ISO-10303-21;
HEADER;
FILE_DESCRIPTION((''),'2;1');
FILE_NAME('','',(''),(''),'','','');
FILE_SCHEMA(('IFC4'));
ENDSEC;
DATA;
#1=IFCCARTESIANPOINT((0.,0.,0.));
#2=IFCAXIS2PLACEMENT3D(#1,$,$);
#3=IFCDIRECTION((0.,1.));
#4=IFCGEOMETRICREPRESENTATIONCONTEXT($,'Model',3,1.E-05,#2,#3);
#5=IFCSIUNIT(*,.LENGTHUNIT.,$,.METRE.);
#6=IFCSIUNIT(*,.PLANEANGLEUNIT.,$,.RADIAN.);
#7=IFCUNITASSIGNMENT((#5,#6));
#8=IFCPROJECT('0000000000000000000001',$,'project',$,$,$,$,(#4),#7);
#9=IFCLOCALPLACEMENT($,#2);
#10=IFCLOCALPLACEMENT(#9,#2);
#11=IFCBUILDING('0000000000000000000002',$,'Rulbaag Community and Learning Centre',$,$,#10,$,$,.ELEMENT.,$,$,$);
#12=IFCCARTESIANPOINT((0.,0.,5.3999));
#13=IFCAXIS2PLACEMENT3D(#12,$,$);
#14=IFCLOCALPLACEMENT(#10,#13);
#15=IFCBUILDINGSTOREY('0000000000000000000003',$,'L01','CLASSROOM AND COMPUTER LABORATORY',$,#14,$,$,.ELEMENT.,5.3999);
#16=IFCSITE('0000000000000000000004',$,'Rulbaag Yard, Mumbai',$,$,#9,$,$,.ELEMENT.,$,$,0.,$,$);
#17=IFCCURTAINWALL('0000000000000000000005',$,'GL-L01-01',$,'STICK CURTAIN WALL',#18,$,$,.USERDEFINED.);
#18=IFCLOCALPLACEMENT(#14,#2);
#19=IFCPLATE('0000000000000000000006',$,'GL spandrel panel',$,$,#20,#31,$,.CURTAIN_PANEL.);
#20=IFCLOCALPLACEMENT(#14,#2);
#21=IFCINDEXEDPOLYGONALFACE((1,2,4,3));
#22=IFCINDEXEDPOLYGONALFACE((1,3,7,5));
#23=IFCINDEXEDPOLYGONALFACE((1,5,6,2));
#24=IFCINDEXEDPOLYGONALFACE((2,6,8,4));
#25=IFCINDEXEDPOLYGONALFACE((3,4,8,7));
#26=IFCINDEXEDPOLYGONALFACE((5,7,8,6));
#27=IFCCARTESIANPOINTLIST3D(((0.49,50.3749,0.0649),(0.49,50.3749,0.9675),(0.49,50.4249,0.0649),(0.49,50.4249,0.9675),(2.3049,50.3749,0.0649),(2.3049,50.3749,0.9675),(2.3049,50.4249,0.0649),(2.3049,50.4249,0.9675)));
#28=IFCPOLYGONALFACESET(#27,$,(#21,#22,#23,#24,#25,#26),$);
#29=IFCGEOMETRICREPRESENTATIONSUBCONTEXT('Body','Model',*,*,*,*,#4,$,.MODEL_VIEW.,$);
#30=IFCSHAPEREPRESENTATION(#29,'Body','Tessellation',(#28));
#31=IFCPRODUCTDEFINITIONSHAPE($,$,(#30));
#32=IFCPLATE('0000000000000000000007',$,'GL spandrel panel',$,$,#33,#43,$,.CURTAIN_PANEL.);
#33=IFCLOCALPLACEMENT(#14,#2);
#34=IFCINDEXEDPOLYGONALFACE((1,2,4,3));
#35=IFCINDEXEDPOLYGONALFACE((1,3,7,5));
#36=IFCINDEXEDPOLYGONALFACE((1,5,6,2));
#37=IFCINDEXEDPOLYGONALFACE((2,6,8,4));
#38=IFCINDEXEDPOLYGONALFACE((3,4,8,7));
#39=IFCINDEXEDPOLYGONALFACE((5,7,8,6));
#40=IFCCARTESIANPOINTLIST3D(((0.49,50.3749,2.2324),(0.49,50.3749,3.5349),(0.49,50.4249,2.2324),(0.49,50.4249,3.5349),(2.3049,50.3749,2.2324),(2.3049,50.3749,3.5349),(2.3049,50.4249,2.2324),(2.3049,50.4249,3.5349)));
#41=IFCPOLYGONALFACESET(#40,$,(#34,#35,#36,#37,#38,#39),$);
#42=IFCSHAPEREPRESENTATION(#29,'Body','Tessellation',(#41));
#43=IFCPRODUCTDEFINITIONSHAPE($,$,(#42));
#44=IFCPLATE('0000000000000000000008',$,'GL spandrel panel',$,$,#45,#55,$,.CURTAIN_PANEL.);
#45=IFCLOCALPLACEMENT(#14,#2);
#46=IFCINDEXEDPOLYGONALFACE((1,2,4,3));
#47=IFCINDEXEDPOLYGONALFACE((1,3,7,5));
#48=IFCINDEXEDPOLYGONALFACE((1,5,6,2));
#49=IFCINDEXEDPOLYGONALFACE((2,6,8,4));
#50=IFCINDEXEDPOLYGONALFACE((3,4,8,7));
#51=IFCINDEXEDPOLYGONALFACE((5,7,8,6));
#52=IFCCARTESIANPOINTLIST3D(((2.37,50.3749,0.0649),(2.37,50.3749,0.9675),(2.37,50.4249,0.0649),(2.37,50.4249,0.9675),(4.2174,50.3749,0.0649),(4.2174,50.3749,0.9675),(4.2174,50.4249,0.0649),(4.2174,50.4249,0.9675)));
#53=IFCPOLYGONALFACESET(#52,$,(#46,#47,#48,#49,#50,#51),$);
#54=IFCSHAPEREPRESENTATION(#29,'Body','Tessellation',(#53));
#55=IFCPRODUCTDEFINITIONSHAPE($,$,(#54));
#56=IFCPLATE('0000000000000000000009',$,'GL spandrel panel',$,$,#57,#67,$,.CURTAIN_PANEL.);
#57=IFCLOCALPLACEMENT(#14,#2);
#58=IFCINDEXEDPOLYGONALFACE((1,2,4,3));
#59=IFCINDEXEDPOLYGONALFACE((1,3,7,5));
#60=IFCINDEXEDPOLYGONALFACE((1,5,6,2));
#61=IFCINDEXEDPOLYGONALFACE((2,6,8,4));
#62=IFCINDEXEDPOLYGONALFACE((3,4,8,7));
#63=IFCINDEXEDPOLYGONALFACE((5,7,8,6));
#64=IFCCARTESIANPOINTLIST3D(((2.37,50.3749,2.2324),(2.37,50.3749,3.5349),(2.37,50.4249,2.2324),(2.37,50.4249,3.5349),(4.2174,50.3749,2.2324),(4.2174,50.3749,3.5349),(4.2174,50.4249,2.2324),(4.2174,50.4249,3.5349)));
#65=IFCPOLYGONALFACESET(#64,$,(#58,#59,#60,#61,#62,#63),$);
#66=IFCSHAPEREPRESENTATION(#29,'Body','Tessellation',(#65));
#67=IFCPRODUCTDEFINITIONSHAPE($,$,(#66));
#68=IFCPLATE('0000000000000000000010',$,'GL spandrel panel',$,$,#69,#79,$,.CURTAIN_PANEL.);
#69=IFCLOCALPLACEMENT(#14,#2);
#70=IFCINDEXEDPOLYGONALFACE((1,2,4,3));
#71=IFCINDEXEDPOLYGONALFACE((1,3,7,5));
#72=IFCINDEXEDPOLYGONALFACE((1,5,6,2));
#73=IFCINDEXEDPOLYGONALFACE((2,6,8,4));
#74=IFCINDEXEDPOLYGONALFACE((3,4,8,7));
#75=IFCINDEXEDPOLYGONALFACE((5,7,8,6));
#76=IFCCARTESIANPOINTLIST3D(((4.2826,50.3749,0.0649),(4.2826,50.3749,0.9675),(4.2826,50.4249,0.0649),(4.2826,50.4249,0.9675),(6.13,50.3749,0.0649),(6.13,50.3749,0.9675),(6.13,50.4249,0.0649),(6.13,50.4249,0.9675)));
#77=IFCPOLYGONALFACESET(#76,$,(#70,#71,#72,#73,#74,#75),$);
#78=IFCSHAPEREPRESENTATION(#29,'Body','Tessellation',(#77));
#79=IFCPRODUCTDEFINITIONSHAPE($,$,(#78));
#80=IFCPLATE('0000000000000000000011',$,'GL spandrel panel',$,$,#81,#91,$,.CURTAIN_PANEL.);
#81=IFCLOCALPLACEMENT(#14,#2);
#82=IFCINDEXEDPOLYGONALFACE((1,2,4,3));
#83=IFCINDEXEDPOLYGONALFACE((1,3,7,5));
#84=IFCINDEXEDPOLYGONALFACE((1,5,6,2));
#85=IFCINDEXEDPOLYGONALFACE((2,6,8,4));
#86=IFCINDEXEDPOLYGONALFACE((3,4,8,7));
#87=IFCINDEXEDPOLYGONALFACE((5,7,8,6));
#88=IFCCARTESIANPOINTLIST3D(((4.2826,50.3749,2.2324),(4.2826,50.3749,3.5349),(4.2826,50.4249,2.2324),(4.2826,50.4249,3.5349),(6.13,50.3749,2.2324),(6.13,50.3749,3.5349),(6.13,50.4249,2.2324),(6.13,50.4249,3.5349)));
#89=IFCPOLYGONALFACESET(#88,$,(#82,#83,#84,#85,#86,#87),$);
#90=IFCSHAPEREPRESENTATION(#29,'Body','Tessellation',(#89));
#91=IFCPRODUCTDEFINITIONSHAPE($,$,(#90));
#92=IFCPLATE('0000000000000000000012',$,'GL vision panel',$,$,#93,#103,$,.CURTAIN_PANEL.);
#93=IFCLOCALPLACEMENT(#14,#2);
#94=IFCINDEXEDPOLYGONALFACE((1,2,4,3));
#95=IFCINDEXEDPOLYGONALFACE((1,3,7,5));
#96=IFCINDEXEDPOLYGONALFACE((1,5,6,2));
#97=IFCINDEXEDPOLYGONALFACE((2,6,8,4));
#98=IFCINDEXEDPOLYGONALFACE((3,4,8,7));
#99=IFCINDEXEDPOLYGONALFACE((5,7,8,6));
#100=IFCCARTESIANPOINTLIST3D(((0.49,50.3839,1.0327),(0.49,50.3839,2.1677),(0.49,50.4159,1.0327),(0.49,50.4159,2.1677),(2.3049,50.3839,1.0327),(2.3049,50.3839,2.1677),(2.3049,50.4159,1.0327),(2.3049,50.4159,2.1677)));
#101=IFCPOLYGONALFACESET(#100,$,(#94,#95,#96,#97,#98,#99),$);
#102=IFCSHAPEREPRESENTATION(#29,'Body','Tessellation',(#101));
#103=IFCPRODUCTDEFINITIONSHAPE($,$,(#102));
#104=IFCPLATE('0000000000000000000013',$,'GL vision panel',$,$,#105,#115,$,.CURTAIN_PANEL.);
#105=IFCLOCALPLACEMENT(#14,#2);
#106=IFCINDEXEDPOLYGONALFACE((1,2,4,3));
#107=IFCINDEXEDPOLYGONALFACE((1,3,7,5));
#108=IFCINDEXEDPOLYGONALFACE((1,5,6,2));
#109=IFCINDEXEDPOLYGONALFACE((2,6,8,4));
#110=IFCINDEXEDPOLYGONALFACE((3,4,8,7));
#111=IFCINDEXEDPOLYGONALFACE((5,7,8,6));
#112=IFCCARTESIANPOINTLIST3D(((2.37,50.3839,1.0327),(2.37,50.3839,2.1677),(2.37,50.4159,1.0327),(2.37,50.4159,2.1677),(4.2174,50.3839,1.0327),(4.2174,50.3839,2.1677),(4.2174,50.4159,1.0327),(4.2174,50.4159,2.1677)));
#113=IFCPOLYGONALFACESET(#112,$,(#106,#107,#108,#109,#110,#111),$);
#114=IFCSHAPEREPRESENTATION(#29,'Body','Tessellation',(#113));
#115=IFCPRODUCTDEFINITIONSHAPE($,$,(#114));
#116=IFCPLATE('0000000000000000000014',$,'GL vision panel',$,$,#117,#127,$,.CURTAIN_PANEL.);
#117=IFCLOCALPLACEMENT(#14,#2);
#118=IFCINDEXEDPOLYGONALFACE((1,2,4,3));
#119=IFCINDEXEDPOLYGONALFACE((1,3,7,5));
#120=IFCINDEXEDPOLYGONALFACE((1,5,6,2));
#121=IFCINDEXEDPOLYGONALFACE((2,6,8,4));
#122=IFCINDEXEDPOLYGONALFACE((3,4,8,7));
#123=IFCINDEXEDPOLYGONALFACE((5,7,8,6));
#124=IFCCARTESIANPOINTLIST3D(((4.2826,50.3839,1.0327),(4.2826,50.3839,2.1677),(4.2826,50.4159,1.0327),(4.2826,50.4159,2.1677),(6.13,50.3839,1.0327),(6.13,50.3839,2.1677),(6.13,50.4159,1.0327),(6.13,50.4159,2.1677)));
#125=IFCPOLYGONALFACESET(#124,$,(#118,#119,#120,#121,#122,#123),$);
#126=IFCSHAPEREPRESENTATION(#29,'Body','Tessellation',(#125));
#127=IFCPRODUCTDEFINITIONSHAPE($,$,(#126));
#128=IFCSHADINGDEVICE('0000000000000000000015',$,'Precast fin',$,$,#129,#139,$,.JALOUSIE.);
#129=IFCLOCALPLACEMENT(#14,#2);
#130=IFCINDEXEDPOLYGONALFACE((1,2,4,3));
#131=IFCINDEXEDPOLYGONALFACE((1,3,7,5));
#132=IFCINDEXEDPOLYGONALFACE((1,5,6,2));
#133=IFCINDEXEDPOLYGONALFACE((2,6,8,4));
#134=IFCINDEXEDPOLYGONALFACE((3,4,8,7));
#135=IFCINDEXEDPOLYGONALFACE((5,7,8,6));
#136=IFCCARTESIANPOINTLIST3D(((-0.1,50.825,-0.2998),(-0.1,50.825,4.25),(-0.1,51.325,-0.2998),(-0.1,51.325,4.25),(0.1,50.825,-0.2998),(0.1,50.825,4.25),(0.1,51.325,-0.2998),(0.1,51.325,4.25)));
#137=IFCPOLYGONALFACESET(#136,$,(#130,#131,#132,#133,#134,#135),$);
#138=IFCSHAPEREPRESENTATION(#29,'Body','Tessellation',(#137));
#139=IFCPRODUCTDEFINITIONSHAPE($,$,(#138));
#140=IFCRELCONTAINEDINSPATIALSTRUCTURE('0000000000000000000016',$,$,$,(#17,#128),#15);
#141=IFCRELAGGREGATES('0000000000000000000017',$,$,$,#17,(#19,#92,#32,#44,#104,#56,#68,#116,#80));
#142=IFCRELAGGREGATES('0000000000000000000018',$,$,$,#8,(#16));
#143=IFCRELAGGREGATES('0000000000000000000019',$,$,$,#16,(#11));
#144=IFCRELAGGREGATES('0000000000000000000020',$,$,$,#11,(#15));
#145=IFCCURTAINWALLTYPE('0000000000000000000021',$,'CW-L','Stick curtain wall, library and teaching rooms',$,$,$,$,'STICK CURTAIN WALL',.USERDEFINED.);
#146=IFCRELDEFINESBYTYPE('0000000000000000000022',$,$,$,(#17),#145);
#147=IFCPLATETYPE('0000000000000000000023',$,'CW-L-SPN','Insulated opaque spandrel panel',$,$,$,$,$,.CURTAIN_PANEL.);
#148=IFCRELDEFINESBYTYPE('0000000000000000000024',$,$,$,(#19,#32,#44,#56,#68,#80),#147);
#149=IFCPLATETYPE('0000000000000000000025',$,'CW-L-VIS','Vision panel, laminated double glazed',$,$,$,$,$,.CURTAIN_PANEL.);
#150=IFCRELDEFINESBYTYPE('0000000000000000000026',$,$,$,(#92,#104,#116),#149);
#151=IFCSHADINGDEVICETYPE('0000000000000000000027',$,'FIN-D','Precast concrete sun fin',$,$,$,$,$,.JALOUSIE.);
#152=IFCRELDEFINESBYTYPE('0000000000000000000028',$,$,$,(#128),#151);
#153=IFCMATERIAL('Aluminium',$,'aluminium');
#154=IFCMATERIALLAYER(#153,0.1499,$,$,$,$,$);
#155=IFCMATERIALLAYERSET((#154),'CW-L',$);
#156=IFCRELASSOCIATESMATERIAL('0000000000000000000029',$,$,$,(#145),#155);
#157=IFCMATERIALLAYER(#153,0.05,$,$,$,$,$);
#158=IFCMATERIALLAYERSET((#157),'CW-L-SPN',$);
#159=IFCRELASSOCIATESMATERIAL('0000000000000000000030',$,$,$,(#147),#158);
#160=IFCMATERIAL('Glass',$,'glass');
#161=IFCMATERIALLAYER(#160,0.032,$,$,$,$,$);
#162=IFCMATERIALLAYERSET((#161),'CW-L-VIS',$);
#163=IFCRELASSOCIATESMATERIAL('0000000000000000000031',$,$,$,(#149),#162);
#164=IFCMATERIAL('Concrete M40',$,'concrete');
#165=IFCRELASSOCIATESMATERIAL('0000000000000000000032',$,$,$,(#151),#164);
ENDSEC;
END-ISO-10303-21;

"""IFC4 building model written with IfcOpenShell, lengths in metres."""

from ifc_helpers import new_model, si_unit, direction, frame, origin, origin_2d, place, context, subcontext, project, spatial, rectangle, extrude, material, layer, layer_set, material_profile, profile_set, type_object, element, aggregate, save


model = new_model("IFC4")

# Units and contexts
model_context = context("Model", 3, precision=1e-05, world=origin(), true_north=direction((0.0, 1.0)))
body_context = subcontext(model_context, "Body", "Model", "MODEL_VIEW")
ifc_project = project(units=[si_unit("LENGTHUNIT", "METRE"), si_unit("PLANEANGLEUNIT", "RADIAN")], contexts=[model_context])

# Site, building, storey
site_placement = place(None, origin())
site = spatial("IfcSite", under=ifc_project, at=site_placement, Name="Rulbaag Yard, Mumbai", CompositionType="ELEMENT", RefElevation=0.0)
building_placement = place(site_placement, origin())
building = spatial("IfcBuilding", under=site, at=building_placement, Name="Rulbaag Community and Learning Centre", CompositionType="ELEMENT")
storey_placement = place(building_placement, frame((0.0, 0.0, 5.3999)))
storey = spatial("IfcBuildingStorey", under=building, at=storey_placement, Name="L01", Description="CLASSROOM AND COMPUTER LABORATORY", CompositionType="ELEMENT", Elevation=5.3999)

# Curtain wall, plates
ifc_material_1 = material(Name="Aluminium", Category="aluminium")
ifc_layer_1 = layer(ifc_material_1, 0.1499)
ifc_layer_set_1 = layer_set([ifc_layer_1], Name="CW-L")
curtain_wall_type = type_object("IfcCurtainWallType", Name="CW-L", Description="Stick curtain wall, library and teaching rooms", ElementType="STICK CURTAIN WALL", PredefinedType="USERDEFINED", material=ifc_layer_set_1)
curtain_wall_placement = place(storey_placement, origin())
curtain_wall = element("IfcCurtainWall", 1, at=curtain_wall_placement, inside=storey, type_object=curtain_wall_type, Name="GL-L01-01", ObjectType="STICK CURTAIN WALL", PredefinedType="USERDEFINED")
ifc_layer_2 = layer(ifc_material_1, 0.05)
ifc_layer_set_2 = layer_set([ifc_layer_2], Name="CW-L-SPN")
plate_type_1 = type_object("IfcPlateType", Name="CW-L-SPN", Description="Insulated opaque spandrel panel", PredefinedType="CURTAIN_PANEL", material=ifc_layer_set_2)
plate_1_placement = place(storey_placement, frame((1.3975, 50.3999, 0.0649), z_axis=(0.0, 0.0, 1.0), x_axis=(1.0, 0.0, 0.0)))
plate_1 = element("IfcPlate", 2, at=plate_1_placement, type_object=plate_type_1, Name="GL spandrel panel", PredefinedType="CURTAIN_PANEL", context=body_context, shape_type="SweptSolid", body=[
    extrude(rectangle(XDim=1.8149, YDim=0.05, at=origin_2d()), origin(), (0.0, 0.0, 1.0), 0.9026),
])
plate_2_placement = place(storey_placement, frame((1.3975, 50.3999, 2.2324), z_axis=(0.0, 0.0, 1.0), x_axis=(1.0, 0.0, 0.0)))
plate_2 = element("IfcPlate", 3, at=plate_2_placement, type_object=plate_type_1, Name="GL spandrel panel", PredefinedType="CURTAIN_PANEL", context=body_context, shape_type="SweptSolid", body=[
    extrude(rectangle(XDim=1.8149, YDim=0.05, at=origin_2d()), origin(), (0.0, 0.0, 1.0), 1.3025),
])
plate_3_placement = place(storey_placement, frame((3.2937, 50.3999, 0.0649), z_axis=(0.0, 0.0, 1.0), x_axis=(1.0, 0.0, 0.0)))
plate_3 = element("IfcPlate", 4, at=plate_3_placement, type_object=plate_type_1, Name="GL spandrel panel", PredefinedType="CURTAIN_PANEL", context=body_context, shape_type="SweptSolid", body=[
    extrude(rectangle(XDim=1.8474, YDim=0.05, at=origin_2d()), origin(), (0.0, 0.0, 1.0), 0.9026),
])
plate_4_placement = place(storey_placement, frame((3.2937, 50.3999, 2.2324), z_axis=(0.0, 0.0, 1.0), x_axis=(1.0, 0.0, 0.0)))
plate_4 = element("IfcPlate", 5, at=plate_4_placement, type_object=plate_type_1, Name="GL spandrel panel", PredefinedType="CURTAIN_PANEL", context=body_context, shape_type="SweptSolid", body=[
    extrude(rectangle(XDim=1.8474, YDim=0.05, at=origin_2d()), origin(), (0.0, 0.0, 1.0), 1.3025),
])
plate_5_placement = place(storey_placement, frame((5.2063, 50.3999, 0.0649), z_axis=(0.0, 0.0, 1.0), x_axis=(1.0, 0.0, 0.0)))
plate_5 = element("IfcPlate", 6, at=plate_5_placement, type_object=plate_type_1, Name="GL spandrel panel", PredefinedType="CURTAIN_PANEL", context=body_context, shape_type="SweptSolid", body=[
    extrude(rectangle(XDim=1.8474, YDim=0.05, at=origin_2d()), origin(), (0.0, 0.0, 1.0), 0.9026),
])
plate_6_placement = place(storey_placement, frame((5.2063, 50.3999, 2.2324), z_axis=(0.0, 0.0, 1.0), x_axis=(1.0, 0.0, 0.0)))
plate_6 = element("IfcPlate", 7, at=plate_6_placement, type_object=plate_type_1, Name="GL spandrel panel", PredefinedType="CURTAIN_PANEL", context=body_context, shape_type="SweptSolid", body=[
    extrude(rectangle(XDim=1.8474, YDim=0.05, at=origin_2d()), origin(), (0.0, 0.0, 1.0), 1.3025),
])
ifc_material_2 = material(Name="Glass", Category="glass")
ifc_layer_3 = layer(ifc_material_2, 0.032)
ifc_layer_set_3 = layer_set([ifc_layer_3], Name="CW-L-VIS")
plate_type_2 = type_object("IfcPlateType", Name="CW-L-VIS", Description="Vision panel, laminated double glazed", PredefinedType="CURTAIN_PANEL", material=ifc_layer_set_3)
plate_7_placement = place(storey_placement, frame((1.3975, 50.3999, 1.0327), z_axis=(0.0, 0.0, 1.0), x_axis=(1.0, 0.0, 0.0)))
plate_7 = element("IfcPlate", 8, at=plate_7_placement, type_object=plate_type_2, Name="GL vision panel", PredefinedType="CURTAIN_PANEL", context=body_context, shape_type="SweptSolid", body=[
    extrude(rectangle(XDim=1.8149, YDim=0.032, at=origin_2d()), origin(), (0.0, 0.0, 1.0), 1.135),
])
plate_8_placement = place(storey_placement, frame((3.2937, 50.3999, 1.0327), z_axis=(0.0, 0.0, 1.0), x_axis=(1.0, 0.0, 0.0)))
plate_8 = element("IfcPlate", 9, at=plate_8_placement, type_object=plate_type_2, Name="GL vision panel", PredefinedType="CURTAIN_PANEL", context=body_context, shape_type="SweptSolid", body=[
    extrude(rectangle(XDim=1.8474, YDim=0.032, at=origin_2d()), origin(), (0.0, 0.0, 1.0), 1.135),
])
plate_9_placement = place(storey_placement, frame((5.2063, 50.3999, 1.0327), z_axis=(0.0, 0.0, 1.0), x_axis=(1.0, 0.0, 0.0)))
plate_9 = element("IfcPlate", 10, at=plate_9_placement, type_object=plate_type_2, Name="GL vision panel", PredefinedType="CURTAIN_PANEL", context=body_context, shape_type="SweptSolid", body=[
    extrude(rectangle(XDim=1.8474, YDim=0.032, at=origin_2d()), origin(), (0.0, 0.0, 1.0), 1.135),
])
aggregate(curtain_wall, [plate_1, plate_7, plate_2, plate_3, plate_8, plate_4, plate_5, plate_9, plate_6])

# Shading device
ifc_material_3 = material(Name="Concrete M40", Category="concrete")
ifc_material_profile_1 = material_profile(ifc_material_3, rectangle(XDim=0.2, YDim=0.5, at=origin_2d()), Name="PC 200x500")
ifc_profile_set_1 = profile_set([ifc_material_profile_1], Name="Concrete M40")
shading_device_type = type_object("IfcShadingDeviceType", Name="FIN-D", Description="Precast concrete sun fin", PredefinedType="JALOUSIE", material=ifc_profile_set_1)
shading_device_placement = place(storey_placement, frame((0.0, 51.075, -0.2998), z_axis=(0.0, 0.0, 1.0), x_axis=(1.0, 0.0, 0.0)))
element("IfcShadingDevice", 11, at=shading_device_placement, inside=storey, type_object=shading_device_type, Name="Precast fin", PredefinedType="JALOUSIE", context=body_context, shape_type="SweptSolid", body=[
    extrude(rectangle(XDim=0.2, YDim=0.5, at=origin_2d()), origin(), (0.0, 0.0, 1.0), 4.5498),
])

save(model, "model.ifc")
